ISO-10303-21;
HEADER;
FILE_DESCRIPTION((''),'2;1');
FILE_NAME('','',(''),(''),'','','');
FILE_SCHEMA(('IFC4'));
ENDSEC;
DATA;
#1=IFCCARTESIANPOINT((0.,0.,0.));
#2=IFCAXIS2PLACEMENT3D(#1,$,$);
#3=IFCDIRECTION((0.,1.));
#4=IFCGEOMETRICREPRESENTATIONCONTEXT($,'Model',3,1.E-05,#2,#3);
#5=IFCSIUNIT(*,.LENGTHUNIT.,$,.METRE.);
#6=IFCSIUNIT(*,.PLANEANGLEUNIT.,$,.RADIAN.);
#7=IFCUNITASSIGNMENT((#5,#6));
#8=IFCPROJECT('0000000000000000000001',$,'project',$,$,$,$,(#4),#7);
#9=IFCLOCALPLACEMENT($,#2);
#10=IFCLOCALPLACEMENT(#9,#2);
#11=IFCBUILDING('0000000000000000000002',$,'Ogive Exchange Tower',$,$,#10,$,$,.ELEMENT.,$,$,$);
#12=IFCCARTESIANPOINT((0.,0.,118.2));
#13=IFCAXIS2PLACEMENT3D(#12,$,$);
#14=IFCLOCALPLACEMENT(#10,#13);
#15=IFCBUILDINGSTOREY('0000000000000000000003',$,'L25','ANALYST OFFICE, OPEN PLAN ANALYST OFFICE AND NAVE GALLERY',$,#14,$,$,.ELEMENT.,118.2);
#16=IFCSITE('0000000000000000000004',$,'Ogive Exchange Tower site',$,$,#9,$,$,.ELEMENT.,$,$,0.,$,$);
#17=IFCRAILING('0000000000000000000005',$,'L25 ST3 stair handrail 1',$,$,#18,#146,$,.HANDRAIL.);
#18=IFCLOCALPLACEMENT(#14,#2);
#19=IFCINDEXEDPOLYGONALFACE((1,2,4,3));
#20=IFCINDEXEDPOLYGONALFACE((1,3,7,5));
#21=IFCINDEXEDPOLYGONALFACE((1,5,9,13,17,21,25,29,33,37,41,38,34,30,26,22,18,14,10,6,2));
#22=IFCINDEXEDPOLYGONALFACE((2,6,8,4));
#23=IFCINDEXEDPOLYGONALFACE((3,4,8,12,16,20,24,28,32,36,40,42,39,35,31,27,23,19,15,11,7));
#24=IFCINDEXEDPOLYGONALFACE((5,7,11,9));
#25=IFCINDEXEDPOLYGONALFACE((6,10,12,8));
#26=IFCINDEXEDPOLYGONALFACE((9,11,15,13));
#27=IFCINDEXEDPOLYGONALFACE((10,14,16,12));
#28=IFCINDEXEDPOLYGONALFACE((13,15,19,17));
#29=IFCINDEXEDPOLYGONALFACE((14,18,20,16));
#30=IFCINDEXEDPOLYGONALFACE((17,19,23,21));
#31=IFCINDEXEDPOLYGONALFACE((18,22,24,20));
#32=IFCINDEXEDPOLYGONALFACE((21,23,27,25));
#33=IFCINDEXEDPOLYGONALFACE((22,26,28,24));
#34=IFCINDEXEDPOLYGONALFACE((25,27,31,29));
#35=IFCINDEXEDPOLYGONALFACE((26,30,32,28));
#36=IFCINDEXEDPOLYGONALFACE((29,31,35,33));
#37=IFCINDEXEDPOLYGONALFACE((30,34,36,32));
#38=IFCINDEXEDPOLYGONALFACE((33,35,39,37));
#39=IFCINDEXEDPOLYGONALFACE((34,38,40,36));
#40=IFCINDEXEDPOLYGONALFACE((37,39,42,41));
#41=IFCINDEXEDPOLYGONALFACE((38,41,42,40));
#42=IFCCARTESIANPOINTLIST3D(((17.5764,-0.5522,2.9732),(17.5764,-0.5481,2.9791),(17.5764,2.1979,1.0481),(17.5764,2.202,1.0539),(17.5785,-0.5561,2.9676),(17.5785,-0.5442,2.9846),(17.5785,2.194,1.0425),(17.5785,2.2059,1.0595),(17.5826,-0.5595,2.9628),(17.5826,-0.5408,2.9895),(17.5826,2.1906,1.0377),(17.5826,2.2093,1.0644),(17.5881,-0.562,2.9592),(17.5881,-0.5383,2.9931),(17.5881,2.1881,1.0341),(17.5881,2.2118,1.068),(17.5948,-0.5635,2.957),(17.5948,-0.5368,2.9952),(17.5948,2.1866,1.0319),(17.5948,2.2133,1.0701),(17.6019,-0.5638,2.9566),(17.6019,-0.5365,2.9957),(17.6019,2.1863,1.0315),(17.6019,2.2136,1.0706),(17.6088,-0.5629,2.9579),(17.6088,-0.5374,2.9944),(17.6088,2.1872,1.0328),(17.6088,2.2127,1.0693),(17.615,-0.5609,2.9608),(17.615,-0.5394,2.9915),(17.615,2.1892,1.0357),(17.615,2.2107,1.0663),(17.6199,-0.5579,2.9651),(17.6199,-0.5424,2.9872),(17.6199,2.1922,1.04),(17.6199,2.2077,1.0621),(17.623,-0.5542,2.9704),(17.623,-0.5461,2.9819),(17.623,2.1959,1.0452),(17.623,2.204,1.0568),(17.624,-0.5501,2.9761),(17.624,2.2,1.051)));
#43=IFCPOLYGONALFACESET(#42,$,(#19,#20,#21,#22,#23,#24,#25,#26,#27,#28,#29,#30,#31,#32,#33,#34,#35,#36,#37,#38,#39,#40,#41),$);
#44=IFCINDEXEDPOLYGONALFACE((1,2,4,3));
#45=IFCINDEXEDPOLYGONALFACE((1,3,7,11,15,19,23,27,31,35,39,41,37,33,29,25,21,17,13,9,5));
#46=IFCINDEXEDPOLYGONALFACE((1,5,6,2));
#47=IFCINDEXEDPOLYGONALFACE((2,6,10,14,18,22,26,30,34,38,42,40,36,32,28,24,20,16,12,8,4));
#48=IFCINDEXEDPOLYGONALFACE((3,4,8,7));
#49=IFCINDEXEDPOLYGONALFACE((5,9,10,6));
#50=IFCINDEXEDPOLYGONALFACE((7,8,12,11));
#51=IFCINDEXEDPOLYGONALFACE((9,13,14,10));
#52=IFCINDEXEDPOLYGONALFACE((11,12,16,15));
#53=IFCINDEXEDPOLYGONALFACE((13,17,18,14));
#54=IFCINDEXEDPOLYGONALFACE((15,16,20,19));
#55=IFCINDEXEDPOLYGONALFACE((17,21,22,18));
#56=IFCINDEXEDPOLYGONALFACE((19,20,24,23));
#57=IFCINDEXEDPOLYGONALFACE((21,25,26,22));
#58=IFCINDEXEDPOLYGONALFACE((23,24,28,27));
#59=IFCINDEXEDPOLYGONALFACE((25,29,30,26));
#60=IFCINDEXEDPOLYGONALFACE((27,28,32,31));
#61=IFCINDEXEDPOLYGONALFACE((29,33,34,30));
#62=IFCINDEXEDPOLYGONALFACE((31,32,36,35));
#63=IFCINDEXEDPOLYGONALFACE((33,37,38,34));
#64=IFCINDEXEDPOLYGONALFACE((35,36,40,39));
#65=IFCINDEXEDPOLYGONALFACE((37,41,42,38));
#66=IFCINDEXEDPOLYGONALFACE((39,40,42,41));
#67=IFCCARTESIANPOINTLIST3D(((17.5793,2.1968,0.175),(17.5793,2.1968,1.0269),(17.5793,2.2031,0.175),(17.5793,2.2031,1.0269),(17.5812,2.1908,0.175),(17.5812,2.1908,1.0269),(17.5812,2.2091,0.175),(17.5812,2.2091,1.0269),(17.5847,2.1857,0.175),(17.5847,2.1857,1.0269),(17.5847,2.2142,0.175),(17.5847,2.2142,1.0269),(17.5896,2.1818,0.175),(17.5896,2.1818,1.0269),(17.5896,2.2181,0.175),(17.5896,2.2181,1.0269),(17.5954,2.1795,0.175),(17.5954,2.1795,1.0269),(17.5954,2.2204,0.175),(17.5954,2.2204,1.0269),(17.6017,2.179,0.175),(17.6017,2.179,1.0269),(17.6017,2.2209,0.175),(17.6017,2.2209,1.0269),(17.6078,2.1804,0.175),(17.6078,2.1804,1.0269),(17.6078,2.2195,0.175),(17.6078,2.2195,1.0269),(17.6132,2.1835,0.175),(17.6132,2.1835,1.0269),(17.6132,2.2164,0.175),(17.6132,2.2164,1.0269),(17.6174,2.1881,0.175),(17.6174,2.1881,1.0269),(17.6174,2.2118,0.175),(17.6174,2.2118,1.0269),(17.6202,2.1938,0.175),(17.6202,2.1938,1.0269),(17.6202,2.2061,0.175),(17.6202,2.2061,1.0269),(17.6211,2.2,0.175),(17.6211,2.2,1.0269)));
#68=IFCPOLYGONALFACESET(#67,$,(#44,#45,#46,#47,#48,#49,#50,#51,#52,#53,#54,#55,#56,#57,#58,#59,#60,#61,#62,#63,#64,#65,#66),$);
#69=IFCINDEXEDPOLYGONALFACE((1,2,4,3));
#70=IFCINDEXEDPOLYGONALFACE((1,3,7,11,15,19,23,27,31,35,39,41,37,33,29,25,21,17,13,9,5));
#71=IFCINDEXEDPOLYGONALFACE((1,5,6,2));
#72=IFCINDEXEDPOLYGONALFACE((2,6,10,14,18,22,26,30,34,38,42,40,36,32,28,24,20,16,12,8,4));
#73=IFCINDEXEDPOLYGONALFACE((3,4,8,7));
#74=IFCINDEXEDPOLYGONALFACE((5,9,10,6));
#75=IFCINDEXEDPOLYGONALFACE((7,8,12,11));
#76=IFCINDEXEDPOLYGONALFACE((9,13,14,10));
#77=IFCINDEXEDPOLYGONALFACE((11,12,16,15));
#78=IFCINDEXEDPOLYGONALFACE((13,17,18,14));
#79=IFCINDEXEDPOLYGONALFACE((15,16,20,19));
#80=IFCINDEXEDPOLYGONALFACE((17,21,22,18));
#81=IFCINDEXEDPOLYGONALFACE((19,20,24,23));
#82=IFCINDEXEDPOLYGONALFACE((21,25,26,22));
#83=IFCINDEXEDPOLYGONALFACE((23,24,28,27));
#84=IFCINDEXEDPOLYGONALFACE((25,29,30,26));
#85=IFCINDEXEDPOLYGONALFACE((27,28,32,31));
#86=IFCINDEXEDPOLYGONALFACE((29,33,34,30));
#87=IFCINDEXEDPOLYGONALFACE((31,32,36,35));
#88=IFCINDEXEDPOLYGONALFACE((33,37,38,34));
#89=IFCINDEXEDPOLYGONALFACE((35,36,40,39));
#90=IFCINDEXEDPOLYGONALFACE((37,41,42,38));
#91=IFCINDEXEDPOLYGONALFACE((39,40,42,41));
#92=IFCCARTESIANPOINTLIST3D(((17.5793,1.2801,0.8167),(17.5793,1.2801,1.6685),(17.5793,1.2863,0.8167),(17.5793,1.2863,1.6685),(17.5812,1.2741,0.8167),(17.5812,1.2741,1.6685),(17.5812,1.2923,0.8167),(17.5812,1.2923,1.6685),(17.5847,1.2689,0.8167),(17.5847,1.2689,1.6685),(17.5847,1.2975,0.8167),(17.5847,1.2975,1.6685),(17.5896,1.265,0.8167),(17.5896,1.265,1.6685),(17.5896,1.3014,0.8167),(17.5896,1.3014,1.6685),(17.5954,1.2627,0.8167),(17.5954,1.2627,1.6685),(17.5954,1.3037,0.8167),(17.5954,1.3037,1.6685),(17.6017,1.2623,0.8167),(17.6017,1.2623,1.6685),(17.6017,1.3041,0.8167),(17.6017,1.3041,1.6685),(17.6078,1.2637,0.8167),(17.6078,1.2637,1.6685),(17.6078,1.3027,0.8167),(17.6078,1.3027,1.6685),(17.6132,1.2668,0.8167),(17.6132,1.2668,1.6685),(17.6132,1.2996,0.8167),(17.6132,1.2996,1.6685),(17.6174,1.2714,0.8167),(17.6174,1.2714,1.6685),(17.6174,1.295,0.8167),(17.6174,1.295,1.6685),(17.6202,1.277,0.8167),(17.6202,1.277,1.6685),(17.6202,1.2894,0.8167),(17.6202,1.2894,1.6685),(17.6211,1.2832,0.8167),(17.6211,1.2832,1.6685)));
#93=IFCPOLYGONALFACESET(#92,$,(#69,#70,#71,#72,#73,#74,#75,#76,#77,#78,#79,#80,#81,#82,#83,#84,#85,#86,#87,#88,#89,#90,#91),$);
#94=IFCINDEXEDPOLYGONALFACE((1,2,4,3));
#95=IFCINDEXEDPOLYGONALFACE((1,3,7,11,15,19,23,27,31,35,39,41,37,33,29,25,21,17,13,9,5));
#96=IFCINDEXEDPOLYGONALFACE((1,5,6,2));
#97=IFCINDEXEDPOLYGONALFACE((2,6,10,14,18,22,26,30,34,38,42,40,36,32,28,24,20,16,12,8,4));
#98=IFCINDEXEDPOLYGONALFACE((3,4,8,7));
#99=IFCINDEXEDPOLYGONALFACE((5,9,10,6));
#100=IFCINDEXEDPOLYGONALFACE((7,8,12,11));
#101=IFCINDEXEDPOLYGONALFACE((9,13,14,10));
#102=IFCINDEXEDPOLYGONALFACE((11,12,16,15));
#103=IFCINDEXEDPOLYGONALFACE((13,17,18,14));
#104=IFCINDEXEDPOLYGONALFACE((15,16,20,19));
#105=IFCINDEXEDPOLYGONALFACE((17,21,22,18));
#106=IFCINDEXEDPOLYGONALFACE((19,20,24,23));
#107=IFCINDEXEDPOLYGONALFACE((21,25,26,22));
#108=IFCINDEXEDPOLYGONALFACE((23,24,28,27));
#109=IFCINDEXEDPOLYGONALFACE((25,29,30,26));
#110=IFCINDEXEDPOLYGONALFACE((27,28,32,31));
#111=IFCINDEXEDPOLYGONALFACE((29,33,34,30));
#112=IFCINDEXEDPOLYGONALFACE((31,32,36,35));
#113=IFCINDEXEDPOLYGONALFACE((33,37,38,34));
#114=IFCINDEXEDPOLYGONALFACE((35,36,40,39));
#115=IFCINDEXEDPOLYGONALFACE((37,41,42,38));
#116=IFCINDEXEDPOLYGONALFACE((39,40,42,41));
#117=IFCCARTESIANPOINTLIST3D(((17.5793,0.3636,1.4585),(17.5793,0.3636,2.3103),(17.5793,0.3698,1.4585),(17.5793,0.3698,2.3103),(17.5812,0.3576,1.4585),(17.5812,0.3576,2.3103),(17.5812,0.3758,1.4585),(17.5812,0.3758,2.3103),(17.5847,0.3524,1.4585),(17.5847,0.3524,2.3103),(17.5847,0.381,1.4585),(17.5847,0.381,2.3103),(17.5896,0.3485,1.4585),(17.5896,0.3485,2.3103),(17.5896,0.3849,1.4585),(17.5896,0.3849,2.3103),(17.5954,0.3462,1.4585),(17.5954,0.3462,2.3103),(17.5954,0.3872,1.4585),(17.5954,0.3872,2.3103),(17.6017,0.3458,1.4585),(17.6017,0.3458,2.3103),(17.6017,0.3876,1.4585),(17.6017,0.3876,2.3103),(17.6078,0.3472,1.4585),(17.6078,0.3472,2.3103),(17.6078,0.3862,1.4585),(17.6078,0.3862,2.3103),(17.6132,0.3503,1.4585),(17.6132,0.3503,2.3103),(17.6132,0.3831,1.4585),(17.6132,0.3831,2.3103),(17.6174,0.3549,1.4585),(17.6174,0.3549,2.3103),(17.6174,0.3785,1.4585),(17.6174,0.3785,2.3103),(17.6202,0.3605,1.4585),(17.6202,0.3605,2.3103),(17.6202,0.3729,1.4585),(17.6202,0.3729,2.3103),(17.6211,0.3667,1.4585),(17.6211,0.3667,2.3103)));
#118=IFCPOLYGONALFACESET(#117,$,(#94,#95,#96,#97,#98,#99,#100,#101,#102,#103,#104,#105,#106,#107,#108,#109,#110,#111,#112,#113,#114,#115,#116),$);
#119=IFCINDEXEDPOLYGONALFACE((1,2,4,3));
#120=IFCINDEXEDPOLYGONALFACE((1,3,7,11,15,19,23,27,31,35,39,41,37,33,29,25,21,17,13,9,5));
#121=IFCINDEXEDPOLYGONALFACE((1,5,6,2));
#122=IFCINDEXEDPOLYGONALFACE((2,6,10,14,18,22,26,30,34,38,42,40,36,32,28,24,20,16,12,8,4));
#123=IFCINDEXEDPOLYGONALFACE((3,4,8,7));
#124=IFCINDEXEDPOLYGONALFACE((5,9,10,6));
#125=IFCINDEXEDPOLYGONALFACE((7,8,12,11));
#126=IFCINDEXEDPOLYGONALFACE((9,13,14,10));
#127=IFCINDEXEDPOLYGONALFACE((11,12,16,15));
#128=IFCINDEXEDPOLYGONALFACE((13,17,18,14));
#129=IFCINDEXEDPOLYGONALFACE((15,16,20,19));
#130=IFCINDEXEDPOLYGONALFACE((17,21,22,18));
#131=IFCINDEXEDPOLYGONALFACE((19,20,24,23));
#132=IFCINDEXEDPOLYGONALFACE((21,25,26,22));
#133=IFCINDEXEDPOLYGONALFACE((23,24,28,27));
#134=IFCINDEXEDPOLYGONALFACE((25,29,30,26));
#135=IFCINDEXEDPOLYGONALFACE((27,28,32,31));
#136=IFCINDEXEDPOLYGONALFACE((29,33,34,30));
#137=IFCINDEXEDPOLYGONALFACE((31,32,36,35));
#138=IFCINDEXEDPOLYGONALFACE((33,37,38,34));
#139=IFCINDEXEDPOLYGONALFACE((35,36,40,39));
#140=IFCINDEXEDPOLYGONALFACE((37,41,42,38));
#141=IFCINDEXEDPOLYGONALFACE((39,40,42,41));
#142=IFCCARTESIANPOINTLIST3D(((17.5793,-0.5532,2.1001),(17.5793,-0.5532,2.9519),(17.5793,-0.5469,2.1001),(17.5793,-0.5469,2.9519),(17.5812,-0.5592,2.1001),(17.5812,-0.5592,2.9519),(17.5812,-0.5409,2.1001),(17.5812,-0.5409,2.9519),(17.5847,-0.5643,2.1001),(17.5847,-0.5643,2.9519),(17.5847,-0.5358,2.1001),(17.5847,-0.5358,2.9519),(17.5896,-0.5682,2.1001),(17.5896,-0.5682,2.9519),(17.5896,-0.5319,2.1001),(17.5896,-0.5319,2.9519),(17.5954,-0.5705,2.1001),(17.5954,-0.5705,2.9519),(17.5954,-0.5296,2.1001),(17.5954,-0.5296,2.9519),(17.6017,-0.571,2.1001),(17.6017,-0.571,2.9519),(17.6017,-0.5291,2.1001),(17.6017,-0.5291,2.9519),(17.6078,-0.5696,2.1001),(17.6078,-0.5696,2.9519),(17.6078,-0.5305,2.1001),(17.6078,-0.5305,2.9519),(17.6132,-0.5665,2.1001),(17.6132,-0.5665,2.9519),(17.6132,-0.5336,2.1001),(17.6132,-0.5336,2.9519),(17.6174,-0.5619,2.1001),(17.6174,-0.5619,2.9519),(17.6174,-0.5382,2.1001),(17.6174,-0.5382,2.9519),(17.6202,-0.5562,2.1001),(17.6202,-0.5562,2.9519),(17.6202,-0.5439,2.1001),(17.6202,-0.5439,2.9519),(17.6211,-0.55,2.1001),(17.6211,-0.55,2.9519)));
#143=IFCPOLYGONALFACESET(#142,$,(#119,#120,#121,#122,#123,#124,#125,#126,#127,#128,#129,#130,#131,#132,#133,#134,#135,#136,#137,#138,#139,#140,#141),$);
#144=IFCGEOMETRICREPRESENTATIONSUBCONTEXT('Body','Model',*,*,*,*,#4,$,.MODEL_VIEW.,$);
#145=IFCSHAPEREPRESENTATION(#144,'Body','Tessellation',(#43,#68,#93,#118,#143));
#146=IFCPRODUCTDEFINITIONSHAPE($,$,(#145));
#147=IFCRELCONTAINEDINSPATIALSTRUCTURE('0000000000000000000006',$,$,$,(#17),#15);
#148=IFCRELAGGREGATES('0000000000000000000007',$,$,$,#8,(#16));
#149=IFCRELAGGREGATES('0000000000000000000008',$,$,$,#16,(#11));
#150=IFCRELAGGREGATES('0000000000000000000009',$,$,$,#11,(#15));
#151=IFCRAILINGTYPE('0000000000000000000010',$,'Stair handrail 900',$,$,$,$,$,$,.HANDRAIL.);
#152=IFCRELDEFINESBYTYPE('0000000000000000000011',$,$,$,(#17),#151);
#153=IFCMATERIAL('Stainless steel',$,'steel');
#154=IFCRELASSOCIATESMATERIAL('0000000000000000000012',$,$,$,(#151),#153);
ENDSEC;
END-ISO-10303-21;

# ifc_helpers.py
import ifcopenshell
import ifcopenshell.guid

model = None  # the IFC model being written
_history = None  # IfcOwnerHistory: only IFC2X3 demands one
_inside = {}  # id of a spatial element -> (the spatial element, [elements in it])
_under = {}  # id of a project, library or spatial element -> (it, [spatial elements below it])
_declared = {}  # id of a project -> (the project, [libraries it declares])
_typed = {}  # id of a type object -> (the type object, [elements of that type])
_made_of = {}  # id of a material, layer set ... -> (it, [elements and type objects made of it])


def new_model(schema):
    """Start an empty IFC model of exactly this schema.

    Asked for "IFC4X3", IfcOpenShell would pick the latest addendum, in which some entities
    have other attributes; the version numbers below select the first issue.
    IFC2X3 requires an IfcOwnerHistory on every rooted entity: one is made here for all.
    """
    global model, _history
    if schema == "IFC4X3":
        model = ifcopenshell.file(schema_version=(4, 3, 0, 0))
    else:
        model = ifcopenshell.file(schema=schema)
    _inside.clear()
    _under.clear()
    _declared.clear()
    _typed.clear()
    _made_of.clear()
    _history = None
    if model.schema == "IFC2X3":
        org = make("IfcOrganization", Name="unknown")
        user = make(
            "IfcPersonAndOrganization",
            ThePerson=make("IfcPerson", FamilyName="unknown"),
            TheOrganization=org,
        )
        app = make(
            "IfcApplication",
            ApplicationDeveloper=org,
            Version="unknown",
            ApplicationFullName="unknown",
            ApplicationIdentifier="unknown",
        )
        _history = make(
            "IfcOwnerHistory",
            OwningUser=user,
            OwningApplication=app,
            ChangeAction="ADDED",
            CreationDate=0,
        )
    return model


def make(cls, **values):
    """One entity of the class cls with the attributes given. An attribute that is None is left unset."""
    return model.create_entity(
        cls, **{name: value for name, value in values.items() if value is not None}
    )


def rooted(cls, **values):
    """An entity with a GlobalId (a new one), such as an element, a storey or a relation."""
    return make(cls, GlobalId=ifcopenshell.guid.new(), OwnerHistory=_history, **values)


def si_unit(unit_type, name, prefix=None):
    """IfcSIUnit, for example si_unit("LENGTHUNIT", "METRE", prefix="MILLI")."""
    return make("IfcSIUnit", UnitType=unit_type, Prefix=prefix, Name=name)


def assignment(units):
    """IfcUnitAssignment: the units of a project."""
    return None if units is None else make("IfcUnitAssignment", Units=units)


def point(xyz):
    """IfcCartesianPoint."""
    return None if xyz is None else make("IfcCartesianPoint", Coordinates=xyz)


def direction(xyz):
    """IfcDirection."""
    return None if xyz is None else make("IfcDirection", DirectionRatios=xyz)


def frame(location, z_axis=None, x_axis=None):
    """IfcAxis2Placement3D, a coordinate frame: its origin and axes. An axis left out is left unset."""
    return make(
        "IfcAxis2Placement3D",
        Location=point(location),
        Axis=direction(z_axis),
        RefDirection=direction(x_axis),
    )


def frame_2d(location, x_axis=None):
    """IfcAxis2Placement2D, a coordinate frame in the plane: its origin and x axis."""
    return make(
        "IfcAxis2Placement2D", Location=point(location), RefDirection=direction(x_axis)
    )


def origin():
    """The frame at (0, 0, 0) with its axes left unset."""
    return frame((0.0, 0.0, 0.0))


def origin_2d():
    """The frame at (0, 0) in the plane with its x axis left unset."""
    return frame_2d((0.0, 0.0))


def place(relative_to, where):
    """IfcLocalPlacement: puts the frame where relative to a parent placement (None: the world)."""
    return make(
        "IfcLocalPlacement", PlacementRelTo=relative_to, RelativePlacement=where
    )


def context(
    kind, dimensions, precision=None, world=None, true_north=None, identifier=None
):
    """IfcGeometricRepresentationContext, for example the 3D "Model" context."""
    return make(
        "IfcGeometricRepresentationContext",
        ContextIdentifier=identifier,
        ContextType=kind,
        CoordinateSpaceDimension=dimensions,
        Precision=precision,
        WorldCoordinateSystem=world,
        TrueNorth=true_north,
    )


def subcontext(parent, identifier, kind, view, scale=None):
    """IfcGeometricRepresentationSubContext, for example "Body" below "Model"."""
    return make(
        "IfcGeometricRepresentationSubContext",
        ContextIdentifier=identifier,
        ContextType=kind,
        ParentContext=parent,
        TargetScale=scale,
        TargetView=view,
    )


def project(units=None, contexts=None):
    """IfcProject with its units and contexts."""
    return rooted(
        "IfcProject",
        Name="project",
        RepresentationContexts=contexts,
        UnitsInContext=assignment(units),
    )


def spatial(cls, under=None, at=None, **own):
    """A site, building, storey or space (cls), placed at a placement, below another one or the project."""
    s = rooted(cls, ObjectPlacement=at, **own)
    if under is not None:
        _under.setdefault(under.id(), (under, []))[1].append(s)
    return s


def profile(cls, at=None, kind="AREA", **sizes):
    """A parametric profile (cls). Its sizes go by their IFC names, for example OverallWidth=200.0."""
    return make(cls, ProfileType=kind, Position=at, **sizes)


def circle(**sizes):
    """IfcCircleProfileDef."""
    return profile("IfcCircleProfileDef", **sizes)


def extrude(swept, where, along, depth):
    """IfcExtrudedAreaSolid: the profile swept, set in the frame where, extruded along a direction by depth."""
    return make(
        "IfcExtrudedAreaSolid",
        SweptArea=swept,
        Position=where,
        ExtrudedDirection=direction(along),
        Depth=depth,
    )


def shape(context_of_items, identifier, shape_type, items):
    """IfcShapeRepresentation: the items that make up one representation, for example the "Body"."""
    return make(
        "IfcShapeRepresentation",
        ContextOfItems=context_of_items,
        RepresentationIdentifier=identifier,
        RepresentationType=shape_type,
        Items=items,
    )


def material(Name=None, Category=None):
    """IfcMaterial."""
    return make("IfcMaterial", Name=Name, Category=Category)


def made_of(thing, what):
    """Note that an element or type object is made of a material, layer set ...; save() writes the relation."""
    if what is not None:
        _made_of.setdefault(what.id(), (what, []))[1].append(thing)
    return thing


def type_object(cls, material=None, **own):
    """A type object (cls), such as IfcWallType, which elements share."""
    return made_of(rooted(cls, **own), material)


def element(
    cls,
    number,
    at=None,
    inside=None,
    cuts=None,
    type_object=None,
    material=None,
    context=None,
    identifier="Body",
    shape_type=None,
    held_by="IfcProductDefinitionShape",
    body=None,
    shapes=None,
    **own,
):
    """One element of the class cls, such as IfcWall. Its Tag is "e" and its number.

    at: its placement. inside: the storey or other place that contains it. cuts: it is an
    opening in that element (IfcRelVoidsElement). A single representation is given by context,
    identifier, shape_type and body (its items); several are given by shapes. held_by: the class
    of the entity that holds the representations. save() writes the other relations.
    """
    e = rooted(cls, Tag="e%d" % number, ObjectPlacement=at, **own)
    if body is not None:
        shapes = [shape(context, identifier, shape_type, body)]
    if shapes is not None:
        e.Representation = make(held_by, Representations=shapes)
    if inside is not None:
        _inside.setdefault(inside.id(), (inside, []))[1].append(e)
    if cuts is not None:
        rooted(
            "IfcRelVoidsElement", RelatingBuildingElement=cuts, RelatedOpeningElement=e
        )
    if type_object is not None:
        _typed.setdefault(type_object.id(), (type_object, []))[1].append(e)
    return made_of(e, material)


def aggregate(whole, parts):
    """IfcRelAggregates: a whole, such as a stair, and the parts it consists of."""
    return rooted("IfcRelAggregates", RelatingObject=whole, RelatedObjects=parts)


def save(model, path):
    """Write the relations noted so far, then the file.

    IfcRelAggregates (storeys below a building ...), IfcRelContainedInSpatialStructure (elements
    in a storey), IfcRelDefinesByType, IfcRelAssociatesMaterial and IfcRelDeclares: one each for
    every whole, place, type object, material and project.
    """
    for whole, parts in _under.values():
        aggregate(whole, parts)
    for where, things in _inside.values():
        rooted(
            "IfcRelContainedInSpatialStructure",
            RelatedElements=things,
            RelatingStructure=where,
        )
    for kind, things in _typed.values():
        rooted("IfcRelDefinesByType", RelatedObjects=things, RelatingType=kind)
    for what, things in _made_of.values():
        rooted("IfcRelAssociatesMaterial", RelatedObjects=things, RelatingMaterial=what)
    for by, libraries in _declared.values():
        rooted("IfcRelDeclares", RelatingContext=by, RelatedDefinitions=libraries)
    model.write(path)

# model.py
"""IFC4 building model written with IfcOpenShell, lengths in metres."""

from ifc_helpers import new_model, si_unit, direction, frame, origin, origin_2d, place, context, subcontext, project, spatial, circle, extrude, material, type_object, element, save


model = new_model("IFC4")

# Units and contexts
model_context = context("Model", 3, precision=1e-05, world=origin(), true_north=direction((0.0, 1.0)))
body_context = subcontext(model_context, "Body", "Model", "MODEL_VIEW")
ifc_project = project(units=[si_unit("LENGTHUNIT", "METRE"), si_unit("PLANEANGLEUNIT", "RADIAN")], contexts=[model_context])

# Site, building, storey
site_placement = place(None, origin())
site = spatial("IfcSite", under=ifc_project, at=site_placement, Name="Ogive Exchange Tower site", CompositionType="ELEMENT", RefElevation=0.0)
building_placement = place(site_placement, origin())
building = spatial("IfcBuilding", under=site, at=building_placement, Name="Ogive Exchange Tower", CompositionType="ELEMENT")
storey_placement = place(building_placement, frame((0.0, 0.0, 118.2)))
storey = spatial("IfcBuildingStorey", under=building, at=storey_placement, Name="L25", Description="ANALYST OFFICE, OPEN PLAN ANALYST OFFICE AND NAVE GALLERY", CompositionType="ELEMENT", Elevation=118.2)

# Shared definitions
ifc_material_1 = material(Name="Stainless steel", Category="steel")

# Railing
railing_type = type_object("IfcRailingType", Name="Stair handrail 900", PredefinedType="HANDRAIL", material=ifc_material_1)
railing_1_placement = place(storey_placement, frame((17.6001, 2.2, 0.175)))
element("IfcRailing", 1, at=railing_1_placement, inside=storey, type_object=railing_type, Name="L25 ST3 stair handrail 1", PredefinedType="HANDRAIL", context=body_context, shape_type="SweptSolid", body=[
    extrude(circle(Radius=0.0239, at=origin_2d()), frame((0.0, 0.0, 0.876), z_axis=(0.0, -0.819225, 0.573472), x_axis=(1.0, 0.0, 0.0)), (0.0, 0.0, 1.0), 3.3569),
    extrude(circle(Radius=0.021, at=origin_2d()), origin(), (0.0, 0.0, 1.0), 0.8518),
    extrude(circle(Radius=0.021, at=origin_2d()), frame((0.0, -0.9167, 0.6416)), (0.0, 0.0, 1.0), 0.8518),
    extrude(circle(Radius=0.021, at=origin_2d()), frame((0.0, -1.8333, 1.2834)), (0.0, 0.0, 1.0), 0.8518),
    extrude(circle(Radius=0.021, at=origin_2d()), frame((0.0, -2.75, 1.925)), (0.0, 0.0, 1.0), 0.8518),
])

save(model, "model.ifc")
